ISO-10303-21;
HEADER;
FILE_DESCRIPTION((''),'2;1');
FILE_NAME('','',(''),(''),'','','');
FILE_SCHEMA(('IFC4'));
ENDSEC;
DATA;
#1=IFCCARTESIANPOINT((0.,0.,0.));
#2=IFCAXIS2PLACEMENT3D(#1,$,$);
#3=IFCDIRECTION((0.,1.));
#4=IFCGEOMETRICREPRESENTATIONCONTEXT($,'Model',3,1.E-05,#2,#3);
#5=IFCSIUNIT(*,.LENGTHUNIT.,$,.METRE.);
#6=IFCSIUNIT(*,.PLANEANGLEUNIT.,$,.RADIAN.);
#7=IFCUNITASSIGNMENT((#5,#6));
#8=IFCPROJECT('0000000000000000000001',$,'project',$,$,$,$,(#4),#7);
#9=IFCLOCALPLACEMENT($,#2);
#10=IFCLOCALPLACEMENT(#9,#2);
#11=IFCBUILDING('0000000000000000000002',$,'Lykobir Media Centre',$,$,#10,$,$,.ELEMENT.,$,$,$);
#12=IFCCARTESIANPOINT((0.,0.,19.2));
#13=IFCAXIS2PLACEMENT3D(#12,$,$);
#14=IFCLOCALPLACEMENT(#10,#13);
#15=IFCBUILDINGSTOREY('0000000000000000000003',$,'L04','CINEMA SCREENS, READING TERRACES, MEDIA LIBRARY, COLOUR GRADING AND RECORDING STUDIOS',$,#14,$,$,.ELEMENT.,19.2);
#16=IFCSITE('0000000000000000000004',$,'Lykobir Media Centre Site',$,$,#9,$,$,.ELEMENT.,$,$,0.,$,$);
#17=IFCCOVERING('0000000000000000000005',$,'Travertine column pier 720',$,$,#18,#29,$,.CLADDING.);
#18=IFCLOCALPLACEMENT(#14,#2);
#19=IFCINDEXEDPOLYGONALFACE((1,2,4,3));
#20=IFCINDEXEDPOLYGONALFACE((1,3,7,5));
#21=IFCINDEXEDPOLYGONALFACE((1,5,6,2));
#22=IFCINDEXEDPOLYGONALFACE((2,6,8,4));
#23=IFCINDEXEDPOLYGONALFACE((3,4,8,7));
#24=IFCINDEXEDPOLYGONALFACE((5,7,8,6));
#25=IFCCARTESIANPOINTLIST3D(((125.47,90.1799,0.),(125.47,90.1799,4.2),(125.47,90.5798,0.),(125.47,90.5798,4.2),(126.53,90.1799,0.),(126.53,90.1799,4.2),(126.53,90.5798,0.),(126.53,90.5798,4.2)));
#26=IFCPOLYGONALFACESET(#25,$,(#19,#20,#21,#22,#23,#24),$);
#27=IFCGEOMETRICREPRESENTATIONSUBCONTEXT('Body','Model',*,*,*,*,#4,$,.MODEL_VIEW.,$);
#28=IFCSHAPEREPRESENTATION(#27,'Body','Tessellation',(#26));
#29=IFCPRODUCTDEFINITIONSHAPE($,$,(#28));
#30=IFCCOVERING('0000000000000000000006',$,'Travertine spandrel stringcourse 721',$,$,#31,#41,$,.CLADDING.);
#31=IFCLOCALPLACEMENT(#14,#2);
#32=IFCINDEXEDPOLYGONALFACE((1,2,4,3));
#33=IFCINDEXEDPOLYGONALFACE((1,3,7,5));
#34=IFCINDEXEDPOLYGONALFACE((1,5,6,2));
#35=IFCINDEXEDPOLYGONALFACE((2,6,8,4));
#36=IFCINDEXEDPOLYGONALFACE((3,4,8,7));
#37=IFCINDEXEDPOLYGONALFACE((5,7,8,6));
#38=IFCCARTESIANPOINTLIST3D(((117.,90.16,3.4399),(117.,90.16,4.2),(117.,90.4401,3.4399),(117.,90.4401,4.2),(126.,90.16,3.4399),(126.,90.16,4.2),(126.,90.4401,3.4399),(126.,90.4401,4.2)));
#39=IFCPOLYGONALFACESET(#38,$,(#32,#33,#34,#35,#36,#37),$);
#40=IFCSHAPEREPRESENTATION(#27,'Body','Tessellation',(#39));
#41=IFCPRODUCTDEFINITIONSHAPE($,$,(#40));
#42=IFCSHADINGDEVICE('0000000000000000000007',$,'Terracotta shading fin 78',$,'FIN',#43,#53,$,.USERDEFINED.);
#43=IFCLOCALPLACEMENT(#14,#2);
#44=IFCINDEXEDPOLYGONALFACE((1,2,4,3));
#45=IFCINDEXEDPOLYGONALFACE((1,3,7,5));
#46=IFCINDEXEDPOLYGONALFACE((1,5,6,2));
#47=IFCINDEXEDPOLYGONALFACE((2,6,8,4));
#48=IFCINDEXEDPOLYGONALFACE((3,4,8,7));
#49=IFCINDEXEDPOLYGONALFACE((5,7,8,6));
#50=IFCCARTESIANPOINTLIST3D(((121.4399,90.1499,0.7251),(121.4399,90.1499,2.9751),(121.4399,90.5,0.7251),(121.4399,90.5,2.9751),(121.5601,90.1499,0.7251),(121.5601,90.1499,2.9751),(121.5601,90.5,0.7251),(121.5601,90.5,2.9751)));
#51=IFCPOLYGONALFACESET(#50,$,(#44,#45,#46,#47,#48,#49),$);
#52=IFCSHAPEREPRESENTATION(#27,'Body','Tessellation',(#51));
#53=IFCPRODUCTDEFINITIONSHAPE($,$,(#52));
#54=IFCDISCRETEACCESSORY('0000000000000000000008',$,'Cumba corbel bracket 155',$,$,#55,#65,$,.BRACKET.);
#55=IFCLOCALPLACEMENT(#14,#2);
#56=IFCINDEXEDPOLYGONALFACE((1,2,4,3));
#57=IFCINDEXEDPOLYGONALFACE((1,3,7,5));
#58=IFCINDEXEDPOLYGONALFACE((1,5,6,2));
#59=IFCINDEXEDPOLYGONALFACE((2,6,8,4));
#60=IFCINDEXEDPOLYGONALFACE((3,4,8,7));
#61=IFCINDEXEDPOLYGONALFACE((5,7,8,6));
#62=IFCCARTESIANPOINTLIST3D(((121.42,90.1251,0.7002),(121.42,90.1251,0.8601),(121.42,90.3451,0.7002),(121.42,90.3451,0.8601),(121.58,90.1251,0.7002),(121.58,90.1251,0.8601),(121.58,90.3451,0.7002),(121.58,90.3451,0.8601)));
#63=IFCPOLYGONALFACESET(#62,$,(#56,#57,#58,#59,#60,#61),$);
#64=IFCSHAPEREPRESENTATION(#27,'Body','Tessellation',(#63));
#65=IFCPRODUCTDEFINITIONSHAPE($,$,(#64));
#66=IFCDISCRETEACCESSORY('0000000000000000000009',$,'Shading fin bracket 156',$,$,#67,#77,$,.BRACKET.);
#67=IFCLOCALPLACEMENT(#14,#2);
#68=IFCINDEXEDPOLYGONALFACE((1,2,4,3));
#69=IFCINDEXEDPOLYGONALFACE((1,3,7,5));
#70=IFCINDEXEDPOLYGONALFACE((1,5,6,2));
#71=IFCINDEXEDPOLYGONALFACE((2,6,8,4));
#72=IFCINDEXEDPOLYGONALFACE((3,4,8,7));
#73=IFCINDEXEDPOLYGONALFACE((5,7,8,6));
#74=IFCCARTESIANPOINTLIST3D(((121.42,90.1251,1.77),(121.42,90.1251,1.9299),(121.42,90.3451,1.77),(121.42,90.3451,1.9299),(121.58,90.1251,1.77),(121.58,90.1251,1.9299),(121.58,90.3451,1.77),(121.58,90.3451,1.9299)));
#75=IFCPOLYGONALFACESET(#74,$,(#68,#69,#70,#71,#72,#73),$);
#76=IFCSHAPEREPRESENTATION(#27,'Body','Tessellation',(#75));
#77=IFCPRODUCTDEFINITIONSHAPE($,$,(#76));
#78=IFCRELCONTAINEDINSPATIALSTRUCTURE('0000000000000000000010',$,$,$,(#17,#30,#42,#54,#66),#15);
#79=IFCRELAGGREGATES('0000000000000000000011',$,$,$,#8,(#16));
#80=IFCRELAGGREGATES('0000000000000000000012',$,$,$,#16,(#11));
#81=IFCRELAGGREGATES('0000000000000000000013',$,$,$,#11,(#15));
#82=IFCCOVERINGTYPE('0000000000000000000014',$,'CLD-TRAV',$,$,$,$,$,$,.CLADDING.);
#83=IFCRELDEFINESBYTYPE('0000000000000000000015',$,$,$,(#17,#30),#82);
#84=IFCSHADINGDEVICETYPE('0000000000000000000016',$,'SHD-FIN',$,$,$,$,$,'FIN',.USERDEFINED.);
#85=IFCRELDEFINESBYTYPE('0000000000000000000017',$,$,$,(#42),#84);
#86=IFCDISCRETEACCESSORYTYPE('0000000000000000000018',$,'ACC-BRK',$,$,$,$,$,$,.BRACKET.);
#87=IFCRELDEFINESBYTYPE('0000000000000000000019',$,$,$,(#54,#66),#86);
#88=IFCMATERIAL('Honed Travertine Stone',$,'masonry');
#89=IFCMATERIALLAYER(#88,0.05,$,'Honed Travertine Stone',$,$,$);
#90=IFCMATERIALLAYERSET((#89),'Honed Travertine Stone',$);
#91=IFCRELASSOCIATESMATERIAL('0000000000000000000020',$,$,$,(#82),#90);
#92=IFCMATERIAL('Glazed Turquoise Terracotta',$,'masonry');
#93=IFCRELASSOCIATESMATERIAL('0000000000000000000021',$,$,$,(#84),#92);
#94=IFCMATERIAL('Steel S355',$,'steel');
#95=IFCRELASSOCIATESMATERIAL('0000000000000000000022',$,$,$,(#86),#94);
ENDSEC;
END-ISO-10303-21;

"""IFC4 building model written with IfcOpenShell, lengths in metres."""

from ifc_helpers import new_model, si_unit, direction, frame, origin, origin_2d, place, context, subcontext, project, spatial, rectangle, extrude, material, layer, layer_set, type_object, element, save


model = new_model("IFC4")

# Units and contexts
model_context = context("Model", 3, precision=1e-05, world=origin(), true_north=direction((0.0, 1.0)))
body_context = subcontext(model_context, "Body", "Model", "MODEL_VIEW")
ifc_project = project(units=[si_unit("LENGTHUNIT", "METRE"), si_unit("PLANEANGLEUNIT", "RADIAN")], contexts=[model_context])

# Site, building, storey
site_placement = place(None, origin())
site = spatial("IfcSite", under=ifc_project, at=site_placement, Name="Lykobir Media Centre Site", CompositionType="ELEMENT", RefElevation=0.0)
building_placement = place(site_placement, origin())
building = spatial("IfcBuilding", under=site, at=building_placement, Name="Lykobir Media Centre", CompositionType="ELEMENT")
storey_placement = place(building_placement, frame((0.0, 0.0, 19.2)))
storey = spatial("IfcBuildingStorey", under=building, at=storey_placement, Name="L04", Description="CINEMA SCREENS, READING TERRACES, MEDIA LIBRARY, COLOUR GRADING AND RECORDING STUDIOS", CompositionType="ELEMENT", Elevation=19.2)

# Shared definitions
ifc_material_1 = material(Name="Steel S355", Category="steel")

# Shared definitions
ifc_material_2 = material(Name="Glazed Turquoise Terracotta", Category="masonry")

# Coverings
ifc_material_3 = material(Name="Honed Travertine Stone", Category="masonry")
ifc_layer_1 = layer(ifc_material_3, 0.05, Name="Honed Travertine Stone")
ifc_layer_set_1 = layer_set([ifc_layer_1], Name="Honed Travertine Stone")
covering_type_1 = type_object("IfcCoveringType", Name="CLD-TRAV", PredefinedType="CLADDING", material=ifc_layer_set_1)
covering_1_placement = place(storey_placement, frame((126.0, 90.3799, 0.0), z_axis=(0.0, 0.0, 1.0), x_axis=(-1.0, 0.0, 0.0)))
element("IfcCovering", 1, at=covering_1_placement, inside=storey, type_object=covering_type_1, Name="Travertine column pier 720", PredefinedType="CLADDING", context=body_context, shape_type="SweptSolid", body=[
    extrude(rectangle(XDim=1.0601, YDim=0.3999, at=origin_2d()), origin(), (0.0, 0.0, 1.0), 4.2),
])
covering_2_placement = place(storey_placement, frame((121.5, 90.3, 3.4399), z_axis=(0.0, 0.0, 1.0), x_axis=(-1.0, 0.0, 0.0)))
element("IfcCovering", 2, at=covering_2_placement, inside=storey, type_object=covering_type_1, Name="Travertine spandrel stringcourse 721", PredefinedType="CLADDING", context=body_context, shape_type="SweptSolid", body=[
    extrude(rectangle(XDim=9.0, YDim=0.28, at=origin_2d()), origin(), (0.0, 0.0, 1.0), 0.76),
])

# Shading device
shading_device_type = type_object("IfcShadingDeviceType", Name="SHD-FIN", ElementType="FIN", PredefinedType="USERDEFINED", material=ifc_material_2)
shading_device_placement = place(storey_placement, frame((121.5, 90.325, 0.7251), z_axis=(0.0, 0.0, 1.0), x_axis=(-1.0, 0.0, 0.0)))
element("IfcShadingDevice", 3, at=shading_device_placement, inside=storey, type_object=shading_device_type, Name="Terracotta shading fin 78", ObjectType="FIN", PredefinedType="USERDEFINED", context=body_context, shape_type="SweptSolid", body=[
    extrude(rectangle(XDim=0.1201, YDim=0.3501, at=origin_2d()), origin(), (0.0, 0.0, 1.0), 2.25),
])

# Discrete accessories
discrete_accessory_type = type_object("IfcDiscreteAccessoryType", Name="ACC-BRK", PredefinedType="BRACKET", material=ifc_material_1)
for number, where, z_axis, x_axis, name in (
    (4, (121.5, 90.2351, 0.7002), (0.0, 0.0, 1.0), (-1.0, 0.0, 0.0), "Cumba corbel bracket 155"),
    (5, (121.5, 90.2351, 1.77), (0.0, 0.0, 1.0), (-1.0, 0.0, 0.0), "Shading fin bracket 156"),
):
    element("IfcDiscreteAccessory", number, at=place(storey_placement, frame(where, z_axis=z_axis, x_axis=x_axis)), inside=storey, type_object=discrete_accessory_type, Name=name, PredefinedType="BRACKET", context=body_context, shape_type="SweptSolid", body=[
        extrude(rectangle(XDim=0.1599, YDim=0.22, at=origin_2d()), origin(), (0.0, 0.0, 1.0), 0.1599),
    ])

save(model, "model.ifc")
